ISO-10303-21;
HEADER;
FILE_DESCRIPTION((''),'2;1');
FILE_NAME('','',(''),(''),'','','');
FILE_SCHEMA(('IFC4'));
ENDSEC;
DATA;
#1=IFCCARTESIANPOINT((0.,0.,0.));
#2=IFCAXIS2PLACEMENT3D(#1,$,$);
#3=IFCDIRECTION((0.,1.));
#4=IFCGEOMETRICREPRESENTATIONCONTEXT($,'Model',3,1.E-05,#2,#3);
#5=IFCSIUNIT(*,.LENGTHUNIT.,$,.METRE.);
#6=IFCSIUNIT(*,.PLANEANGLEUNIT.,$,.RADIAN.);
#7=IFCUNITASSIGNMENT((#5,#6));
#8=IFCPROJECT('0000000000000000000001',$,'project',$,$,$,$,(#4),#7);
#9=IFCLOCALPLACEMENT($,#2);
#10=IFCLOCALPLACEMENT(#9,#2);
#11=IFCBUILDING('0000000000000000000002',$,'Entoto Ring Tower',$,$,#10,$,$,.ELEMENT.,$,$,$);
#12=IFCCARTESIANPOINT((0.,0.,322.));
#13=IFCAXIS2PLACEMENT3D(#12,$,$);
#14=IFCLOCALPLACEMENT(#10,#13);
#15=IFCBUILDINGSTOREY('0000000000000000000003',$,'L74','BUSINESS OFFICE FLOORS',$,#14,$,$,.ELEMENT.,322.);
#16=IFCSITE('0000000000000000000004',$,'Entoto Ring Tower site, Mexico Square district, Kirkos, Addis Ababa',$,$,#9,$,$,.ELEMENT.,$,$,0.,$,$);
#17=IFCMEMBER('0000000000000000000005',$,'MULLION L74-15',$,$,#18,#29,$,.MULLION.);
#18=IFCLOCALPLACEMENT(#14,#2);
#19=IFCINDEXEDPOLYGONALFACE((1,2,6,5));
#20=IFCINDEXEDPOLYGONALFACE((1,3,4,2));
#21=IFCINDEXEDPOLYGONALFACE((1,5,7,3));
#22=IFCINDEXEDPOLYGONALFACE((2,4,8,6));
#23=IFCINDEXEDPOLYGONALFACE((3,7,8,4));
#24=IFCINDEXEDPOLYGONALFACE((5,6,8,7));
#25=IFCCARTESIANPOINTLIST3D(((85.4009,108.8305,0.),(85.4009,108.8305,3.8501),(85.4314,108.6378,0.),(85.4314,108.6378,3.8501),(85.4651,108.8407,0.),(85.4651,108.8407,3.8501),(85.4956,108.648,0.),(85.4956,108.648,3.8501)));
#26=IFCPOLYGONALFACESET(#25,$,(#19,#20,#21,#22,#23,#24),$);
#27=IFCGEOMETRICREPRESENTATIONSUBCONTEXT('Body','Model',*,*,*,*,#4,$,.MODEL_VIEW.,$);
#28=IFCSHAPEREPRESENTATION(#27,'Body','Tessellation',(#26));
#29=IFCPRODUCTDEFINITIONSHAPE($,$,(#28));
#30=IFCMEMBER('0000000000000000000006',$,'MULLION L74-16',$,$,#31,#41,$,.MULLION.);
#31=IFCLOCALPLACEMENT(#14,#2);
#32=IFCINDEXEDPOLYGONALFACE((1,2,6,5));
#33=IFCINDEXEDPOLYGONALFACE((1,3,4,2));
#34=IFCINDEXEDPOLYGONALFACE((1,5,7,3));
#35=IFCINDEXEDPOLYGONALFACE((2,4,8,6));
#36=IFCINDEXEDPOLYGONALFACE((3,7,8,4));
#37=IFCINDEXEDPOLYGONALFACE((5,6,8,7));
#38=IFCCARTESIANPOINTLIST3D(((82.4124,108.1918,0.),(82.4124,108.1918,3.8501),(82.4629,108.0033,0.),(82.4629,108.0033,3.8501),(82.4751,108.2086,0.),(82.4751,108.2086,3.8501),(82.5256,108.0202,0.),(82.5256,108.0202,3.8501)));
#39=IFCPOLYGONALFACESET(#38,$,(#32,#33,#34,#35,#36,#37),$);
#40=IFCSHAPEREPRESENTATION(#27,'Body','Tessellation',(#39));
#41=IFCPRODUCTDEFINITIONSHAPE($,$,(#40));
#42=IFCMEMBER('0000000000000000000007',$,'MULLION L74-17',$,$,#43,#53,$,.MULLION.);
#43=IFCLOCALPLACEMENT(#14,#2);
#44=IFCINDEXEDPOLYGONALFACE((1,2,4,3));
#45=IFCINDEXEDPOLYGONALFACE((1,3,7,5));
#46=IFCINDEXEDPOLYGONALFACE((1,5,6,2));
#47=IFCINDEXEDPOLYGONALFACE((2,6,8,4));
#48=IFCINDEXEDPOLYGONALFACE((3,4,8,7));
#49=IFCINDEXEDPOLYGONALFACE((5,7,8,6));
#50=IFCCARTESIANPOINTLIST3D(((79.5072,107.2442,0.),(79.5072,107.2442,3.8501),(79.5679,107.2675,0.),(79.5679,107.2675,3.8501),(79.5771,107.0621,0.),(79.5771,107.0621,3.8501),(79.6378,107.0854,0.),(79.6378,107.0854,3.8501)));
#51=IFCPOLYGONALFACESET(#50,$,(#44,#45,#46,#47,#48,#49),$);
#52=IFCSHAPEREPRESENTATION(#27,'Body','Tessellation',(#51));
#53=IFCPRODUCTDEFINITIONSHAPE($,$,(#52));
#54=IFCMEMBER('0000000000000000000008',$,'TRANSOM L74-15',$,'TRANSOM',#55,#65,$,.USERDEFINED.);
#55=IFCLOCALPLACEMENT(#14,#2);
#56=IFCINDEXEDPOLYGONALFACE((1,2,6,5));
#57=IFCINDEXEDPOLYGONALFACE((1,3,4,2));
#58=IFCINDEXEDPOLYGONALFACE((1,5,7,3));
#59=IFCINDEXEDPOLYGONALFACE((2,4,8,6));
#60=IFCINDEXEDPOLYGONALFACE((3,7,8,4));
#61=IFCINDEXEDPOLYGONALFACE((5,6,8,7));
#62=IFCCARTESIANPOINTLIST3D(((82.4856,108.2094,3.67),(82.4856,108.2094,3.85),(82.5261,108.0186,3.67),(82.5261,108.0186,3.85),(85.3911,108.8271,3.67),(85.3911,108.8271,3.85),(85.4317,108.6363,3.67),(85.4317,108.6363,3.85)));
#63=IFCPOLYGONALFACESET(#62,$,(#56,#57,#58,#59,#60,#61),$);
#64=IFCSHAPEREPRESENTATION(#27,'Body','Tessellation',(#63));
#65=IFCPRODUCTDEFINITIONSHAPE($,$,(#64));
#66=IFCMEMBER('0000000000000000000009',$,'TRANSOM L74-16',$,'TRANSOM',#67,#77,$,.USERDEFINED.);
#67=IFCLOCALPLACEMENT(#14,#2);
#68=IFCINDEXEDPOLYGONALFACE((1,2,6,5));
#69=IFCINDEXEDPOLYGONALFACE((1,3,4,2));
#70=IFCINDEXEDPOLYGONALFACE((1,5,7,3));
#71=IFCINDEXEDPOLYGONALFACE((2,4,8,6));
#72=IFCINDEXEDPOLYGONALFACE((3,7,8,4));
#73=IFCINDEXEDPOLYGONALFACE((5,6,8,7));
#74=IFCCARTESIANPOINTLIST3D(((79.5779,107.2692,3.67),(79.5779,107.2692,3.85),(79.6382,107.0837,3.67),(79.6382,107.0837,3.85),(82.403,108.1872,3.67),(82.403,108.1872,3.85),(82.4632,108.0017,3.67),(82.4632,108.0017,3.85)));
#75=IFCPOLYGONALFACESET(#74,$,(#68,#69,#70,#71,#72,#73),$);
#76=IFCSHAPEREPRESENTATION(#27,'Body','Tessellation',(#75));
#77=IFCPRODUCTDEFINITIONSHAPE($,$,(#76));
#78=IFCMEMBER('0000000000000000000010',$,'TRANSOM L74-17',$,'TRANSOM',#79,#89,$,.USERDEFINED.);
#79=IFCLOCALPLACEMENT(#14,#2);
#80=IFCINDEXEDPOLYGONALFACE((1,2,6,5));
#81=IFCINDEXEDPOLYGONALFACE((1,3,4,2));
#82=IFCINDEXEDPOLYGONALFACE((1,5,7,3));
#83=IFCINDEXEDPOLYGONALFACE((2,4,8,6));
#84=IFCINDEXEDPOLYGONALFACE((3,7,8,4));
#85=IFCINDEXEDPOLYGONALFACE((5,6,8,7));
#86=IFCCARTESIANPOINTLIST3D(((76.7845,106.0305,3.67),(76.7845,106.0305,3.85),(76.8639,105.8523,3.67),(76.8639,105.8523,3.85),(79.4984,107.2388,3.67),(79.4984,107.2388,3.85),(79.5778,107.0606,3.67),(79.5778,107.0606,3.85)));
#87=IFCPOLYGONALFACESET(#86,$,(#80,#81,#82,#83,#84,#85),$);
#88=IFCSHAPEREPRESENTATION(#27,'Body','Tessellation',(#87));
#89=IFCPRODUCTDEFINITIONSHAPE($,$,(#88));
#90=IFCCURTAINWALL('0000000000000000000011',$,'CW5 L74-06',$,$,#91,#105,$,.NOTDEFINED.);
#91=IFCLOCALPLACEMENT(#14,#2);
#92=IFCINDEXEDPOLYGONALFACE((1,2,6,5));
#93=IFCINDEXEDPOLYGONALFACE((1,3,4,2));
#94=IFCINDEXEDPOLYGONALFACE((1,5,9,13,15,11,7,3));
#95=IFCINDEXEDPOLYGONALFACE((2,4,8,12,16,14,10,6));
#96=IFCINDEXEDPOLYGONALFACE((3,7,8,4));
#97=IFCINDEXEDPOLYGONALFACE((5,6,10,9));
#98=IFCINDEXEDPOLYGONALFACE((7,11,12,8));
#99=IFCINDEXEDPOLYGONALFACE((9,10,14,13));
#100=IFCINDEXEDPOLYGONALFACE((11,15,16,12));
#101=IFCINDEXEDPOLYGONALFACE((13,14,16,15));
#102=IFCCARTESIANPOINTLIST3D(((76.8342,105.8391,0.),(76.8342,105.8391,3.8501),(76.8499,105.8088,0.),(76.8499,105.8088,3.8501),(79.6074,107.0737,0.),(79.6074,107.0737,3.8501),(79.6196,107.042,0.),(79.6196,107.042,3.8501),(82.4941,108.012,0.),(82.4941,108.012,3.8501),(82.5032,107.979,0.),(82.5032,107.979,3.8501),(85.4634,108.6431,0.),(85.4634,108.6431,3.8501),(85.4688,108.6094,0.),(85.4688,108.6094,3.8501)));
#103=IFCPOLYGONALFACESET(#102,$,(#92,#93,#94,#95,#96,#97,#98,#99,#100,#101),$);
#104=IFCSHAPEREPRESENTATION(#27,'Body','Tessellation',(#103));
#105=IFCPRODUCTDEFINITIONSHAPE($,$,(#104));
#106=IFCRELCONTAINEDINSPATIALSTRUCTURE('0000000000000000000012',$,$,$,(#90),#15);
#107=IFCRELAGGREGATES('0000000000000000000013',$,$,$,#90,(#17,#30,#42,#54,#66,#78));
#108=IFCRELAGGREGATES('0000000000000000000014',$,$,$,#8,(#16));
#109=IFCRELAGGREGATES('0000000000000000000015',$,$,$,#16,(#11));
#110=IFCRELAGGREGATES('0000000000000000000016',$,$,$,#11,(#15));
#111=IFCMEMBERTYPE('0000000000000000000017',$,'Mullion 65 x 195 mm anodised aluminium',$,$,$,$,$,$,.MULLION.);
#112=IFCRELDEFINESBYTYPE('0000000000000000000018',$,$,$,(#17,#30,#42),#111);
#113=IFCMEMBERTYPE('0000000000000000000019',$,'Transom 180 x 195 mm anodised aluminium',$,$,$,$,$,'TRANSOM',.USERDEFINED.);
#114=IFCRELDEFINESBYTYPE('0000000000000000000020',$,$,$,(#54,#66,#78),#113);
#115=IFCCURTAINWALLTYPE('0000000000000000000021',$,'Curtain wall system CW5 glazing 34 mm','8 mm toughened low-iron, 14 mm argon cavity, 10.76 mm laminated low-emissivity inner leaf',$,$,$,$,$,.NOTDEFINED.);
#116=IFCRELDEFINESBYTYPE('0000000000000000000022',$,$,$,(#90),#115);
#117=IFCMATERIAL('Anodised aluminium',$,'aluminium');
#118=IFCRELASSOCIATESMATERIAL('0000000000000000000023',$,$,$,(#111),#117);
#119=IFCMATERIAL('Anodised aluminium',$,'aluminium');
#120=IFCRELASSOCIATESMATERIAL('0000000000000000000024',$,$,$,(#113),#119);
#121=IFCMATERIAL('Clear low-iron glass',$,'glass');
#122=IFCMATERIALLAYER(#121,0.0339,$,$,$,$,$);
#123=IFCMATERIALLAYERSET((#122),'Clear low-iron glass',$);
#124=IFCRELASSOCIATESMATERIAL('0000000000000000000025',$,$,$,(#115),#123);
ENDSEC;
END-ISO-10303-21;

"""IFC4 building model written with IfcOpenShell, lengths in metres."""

from ifc_helpers import new_model, si_unit, direction, frame, origin, origin_2d, place, context, subcontext, project, spatial, polyline, rectangle, outline, extrude, material, layer, layer_set, material_profile, profile_set, type_object, element, aggregate, save


model = new_model("IFC4")

# Units and contexts
model_context = context("Model", 3, precision=1e-05, world=origin(), true_north=direction((0.0, 1.0)))
body_context = subcontext(model_context, "Body", "Model", "MODEL_VIEW")
ifc_project = project(units=[si_unit("LENGTHUNIT", "METRE"), si_unit("PLANEANGLEUNIT", "RADIAN")], contexts=[model_context])

# Members
ifc_material_1 = material(Name="Anodised aluminium", Category="aluminium")
ifc_material_profile_1 = material_profile(ifc_material_1, rectangle(XDim=0.0649, YDim=0.1951, at=origin_2d()), Name="Mullion 65 x 195 mm anodised aluminium")
ifc_profile_set_1 = profile_set([ifc_material_profile_1], Name="Anodised aluminium")
member_type_1 = type_object("IfcMemberType", Name="Mullion 65 x 195 mm anodised aluminium", PredefinedType="MULLION", material=ifc_profile_set_1)
site_placement = place(None, origin())
building_placement = place(site_placement, origin())
storey_placement = place(building_placement, frame((0.0, 0.0, 322.0)))
member_1_placement = place(storey_placement, frame((85.4482, 108.7393, 0.0), z_axis=(0.0, 0.0, 1.0), x_axis=(-0.987688, -0.156434, 0.0)))
member_1 = element("IfcMember", 1, at=member_1_placement, type_object=member_type_1, Name="MULLION L74-15", PredefinedType="MULLION", context=body_context, shape_type="SweptSolid", body=[
    extrude(rectangle(XDim=0.0649, YDim=0.1951, at=origin_2d()), origin(), (0.0, 0.0, 1.0), 3.8501),
])
member_2_placement = place(storey_placement, frame((82.469, 108.106, 0.0), z_axis=(0.0, 0.0, 1.0), x_axis=(-0.965926, -0.258819, 0.0)))
member_2 = element("IfcMember", 2, at=member_2_placement, type_object=member_type_1, Name="MULLION L74-16", PredefinedType="MULLION", context=body_context, shape_type="SweptSolid", body=[
    extrude(rectangle(XDim=0.0649, YDim=0.1951, at=origin_2d()), origin(), (0.0, 0.0, 1.0), 3.8501),
])
member_3_placement = place(storey_placement, frame((79.5725, 107.1648, 0.0), z_axis=(0.0, 0.0, 1.0), x_axis=(-0.93358, -0.358368, 0.0)))
member_3 = element("IfcMember", 3, at=member_3_placement, type_object=member_type_1, Name="MULLION L74-17", PredefinedType="MULLION", context=body_context, shape_type="SweptSolid", body=[
    extrude(rectangle(XDim=0.0649, YDim=0.1951, at=origin_2d()), origin(), (0.0, 0.0, 1.0), 3.8501),
])
ifc_material_2 = material(Name="Anodised aluminium", Category="aluminium")
ifc_material_profile_2 = material_profile(ifc_material_2, rectangle(XDim=0.1951, YDim=0.1799, at=origin_2d()), Name="Transom 180 x 195 mm anodised aluminium")
ifc_profile_set_2 = profile_set([ifc_material_profile_2], Name="Anodised aluminium")
member_type_2 = type_object("IfcMemberType", Name="Transom 180 x 195 mm anodised aluminium", ElementType="TRANSOM", PredefinedType="USERDEFINED", material=ifc_profile_set_2)
member_4_placement = place(storey_placement, frame((85.4114, 108.7317, 3.76), z_axis=(-0.978142, -0.20794, 0.0), x_axis=(0.20794, -0.978142, 0.0)))
member_4 = element("IfcMember", 4, at=member_4_placement, type_object=member_type_2, Name="TRANSOM L74-15", ObjectType="TRANSOM", PredefinedType="USERDEFINED", context=body_context, shape_type="SweptSolid", body=[
    extrude(rectangle(XDim=0.1951, YDim=0.1799, at=origin_2d()), origin(), (0.0, 0.0, 1.0), 2.9705),
])
member_5_placement = place(storey_placement, frame((82.4331, 108.0945, 3.76), z_axis=(-0.951048, -0.309043, 0.0), x_axis=(0.309043, -0.951048, 0.0)))
member_5 = element("IfcMember", 5, at=member_5_placement, type_object=member_type_2, Name="TRANSOM L74-16", ObjectType="TRANSOM", PredefinedType="USERDEFINED", context=body_context, shape_type="SweptSolid", body=[
    extrude(rectangle(XDim=0.1951, YDim=0.1799, at=origin_2d()), origin(), (0.0, 0.0, 1.0), 2.9705),
])
member_6_placement = place(storey_placement, frame((79.5381, 107.1497, 3.76), z_axis=(-0.91355, -0.406726, 0.0), x_axis=(0.406726, -0.91355, 0.0)))
member_6 = element("IfcMember", 6, at=member_6_placement, type_object=member_type_2, Name="TRANSOM L74-17", ObjectType="TRANSOM", PredefinedType="USERDEFINED", context=body_context, shape_type="SweptSolid", body=[
    extrude(rectangle(XDim=0.1951, YDim=0.1799, at=origin_2d()), origin(), (0.0, 0.0, 1.0), 2.9707),
])

# Site, building, storey
site = spatial("IfcSite", under=ifc_project, at=site_placement, Name="Entoto Ring Tower site, Mexico Square district, Kirkos, Addis Ababa", CompositionType="ELEMENT", RefElevation=0.0)
building = spatial("IfcBuilding", under=site, at=building_placement, Name="Entoto Ring Tower", CompositionType="ELEMENT")
storey = spatial("IfcBuildingStorey", under=building, at=storey_placement, Name="L74", Description="BUSINESS OFFICE FLOORS", CompositionType="ELEMENT", Elevation=322.0)

# Curtain wall
ifc_material_3 = material(Name="Clear low-iron glass", Category="glass")
ifc_layer = layer(ifc_material_3, 0.0339)
ifc_layer_set = layer_set([ifc_layer], Name="Clear low-iron glass")
curtain_wall_type = type_object("IfcCurtainWallType", Name="Curtain wall system CW5 glazing 34 mm", Description="8 mm toughened low-iron, 14 mm argon cavity, 10.76 mm laminated low-emissivity inner leaf", PredefinedType="NOTDEFINED", material=ifc_layer_set)
curtain_wall_1_placement = place(storey_placement, origin())
curtain_wall_1 = element("IfcCurtainWall", 7, at=curtain_wall_1_placement, inside=storey, type_object=curtain_wall_type, Name="CW5 L74-06", PredefinedType="NOTDEFINED", context=body_context, shape_type="SweptSolid", body=[
    extrude(outline(polyline([(85.4634, 108.6431), (82.4941, 108.012), (79.6074, 107.0737), (76.8342, 105.8391), (76.8499, 105.8088), (79.6196, 107.042), (82.5032, 107.979), (85.4688, 108.6094), (85.4634, 108.6431)])), origin(), (0.0, 0.0, 1.0), 3.8501),
])
aggregate(curtain_wall_1, [member_1, member_2, member_3, member_4, member_5, member_6])

save(model, "model.ifc")
